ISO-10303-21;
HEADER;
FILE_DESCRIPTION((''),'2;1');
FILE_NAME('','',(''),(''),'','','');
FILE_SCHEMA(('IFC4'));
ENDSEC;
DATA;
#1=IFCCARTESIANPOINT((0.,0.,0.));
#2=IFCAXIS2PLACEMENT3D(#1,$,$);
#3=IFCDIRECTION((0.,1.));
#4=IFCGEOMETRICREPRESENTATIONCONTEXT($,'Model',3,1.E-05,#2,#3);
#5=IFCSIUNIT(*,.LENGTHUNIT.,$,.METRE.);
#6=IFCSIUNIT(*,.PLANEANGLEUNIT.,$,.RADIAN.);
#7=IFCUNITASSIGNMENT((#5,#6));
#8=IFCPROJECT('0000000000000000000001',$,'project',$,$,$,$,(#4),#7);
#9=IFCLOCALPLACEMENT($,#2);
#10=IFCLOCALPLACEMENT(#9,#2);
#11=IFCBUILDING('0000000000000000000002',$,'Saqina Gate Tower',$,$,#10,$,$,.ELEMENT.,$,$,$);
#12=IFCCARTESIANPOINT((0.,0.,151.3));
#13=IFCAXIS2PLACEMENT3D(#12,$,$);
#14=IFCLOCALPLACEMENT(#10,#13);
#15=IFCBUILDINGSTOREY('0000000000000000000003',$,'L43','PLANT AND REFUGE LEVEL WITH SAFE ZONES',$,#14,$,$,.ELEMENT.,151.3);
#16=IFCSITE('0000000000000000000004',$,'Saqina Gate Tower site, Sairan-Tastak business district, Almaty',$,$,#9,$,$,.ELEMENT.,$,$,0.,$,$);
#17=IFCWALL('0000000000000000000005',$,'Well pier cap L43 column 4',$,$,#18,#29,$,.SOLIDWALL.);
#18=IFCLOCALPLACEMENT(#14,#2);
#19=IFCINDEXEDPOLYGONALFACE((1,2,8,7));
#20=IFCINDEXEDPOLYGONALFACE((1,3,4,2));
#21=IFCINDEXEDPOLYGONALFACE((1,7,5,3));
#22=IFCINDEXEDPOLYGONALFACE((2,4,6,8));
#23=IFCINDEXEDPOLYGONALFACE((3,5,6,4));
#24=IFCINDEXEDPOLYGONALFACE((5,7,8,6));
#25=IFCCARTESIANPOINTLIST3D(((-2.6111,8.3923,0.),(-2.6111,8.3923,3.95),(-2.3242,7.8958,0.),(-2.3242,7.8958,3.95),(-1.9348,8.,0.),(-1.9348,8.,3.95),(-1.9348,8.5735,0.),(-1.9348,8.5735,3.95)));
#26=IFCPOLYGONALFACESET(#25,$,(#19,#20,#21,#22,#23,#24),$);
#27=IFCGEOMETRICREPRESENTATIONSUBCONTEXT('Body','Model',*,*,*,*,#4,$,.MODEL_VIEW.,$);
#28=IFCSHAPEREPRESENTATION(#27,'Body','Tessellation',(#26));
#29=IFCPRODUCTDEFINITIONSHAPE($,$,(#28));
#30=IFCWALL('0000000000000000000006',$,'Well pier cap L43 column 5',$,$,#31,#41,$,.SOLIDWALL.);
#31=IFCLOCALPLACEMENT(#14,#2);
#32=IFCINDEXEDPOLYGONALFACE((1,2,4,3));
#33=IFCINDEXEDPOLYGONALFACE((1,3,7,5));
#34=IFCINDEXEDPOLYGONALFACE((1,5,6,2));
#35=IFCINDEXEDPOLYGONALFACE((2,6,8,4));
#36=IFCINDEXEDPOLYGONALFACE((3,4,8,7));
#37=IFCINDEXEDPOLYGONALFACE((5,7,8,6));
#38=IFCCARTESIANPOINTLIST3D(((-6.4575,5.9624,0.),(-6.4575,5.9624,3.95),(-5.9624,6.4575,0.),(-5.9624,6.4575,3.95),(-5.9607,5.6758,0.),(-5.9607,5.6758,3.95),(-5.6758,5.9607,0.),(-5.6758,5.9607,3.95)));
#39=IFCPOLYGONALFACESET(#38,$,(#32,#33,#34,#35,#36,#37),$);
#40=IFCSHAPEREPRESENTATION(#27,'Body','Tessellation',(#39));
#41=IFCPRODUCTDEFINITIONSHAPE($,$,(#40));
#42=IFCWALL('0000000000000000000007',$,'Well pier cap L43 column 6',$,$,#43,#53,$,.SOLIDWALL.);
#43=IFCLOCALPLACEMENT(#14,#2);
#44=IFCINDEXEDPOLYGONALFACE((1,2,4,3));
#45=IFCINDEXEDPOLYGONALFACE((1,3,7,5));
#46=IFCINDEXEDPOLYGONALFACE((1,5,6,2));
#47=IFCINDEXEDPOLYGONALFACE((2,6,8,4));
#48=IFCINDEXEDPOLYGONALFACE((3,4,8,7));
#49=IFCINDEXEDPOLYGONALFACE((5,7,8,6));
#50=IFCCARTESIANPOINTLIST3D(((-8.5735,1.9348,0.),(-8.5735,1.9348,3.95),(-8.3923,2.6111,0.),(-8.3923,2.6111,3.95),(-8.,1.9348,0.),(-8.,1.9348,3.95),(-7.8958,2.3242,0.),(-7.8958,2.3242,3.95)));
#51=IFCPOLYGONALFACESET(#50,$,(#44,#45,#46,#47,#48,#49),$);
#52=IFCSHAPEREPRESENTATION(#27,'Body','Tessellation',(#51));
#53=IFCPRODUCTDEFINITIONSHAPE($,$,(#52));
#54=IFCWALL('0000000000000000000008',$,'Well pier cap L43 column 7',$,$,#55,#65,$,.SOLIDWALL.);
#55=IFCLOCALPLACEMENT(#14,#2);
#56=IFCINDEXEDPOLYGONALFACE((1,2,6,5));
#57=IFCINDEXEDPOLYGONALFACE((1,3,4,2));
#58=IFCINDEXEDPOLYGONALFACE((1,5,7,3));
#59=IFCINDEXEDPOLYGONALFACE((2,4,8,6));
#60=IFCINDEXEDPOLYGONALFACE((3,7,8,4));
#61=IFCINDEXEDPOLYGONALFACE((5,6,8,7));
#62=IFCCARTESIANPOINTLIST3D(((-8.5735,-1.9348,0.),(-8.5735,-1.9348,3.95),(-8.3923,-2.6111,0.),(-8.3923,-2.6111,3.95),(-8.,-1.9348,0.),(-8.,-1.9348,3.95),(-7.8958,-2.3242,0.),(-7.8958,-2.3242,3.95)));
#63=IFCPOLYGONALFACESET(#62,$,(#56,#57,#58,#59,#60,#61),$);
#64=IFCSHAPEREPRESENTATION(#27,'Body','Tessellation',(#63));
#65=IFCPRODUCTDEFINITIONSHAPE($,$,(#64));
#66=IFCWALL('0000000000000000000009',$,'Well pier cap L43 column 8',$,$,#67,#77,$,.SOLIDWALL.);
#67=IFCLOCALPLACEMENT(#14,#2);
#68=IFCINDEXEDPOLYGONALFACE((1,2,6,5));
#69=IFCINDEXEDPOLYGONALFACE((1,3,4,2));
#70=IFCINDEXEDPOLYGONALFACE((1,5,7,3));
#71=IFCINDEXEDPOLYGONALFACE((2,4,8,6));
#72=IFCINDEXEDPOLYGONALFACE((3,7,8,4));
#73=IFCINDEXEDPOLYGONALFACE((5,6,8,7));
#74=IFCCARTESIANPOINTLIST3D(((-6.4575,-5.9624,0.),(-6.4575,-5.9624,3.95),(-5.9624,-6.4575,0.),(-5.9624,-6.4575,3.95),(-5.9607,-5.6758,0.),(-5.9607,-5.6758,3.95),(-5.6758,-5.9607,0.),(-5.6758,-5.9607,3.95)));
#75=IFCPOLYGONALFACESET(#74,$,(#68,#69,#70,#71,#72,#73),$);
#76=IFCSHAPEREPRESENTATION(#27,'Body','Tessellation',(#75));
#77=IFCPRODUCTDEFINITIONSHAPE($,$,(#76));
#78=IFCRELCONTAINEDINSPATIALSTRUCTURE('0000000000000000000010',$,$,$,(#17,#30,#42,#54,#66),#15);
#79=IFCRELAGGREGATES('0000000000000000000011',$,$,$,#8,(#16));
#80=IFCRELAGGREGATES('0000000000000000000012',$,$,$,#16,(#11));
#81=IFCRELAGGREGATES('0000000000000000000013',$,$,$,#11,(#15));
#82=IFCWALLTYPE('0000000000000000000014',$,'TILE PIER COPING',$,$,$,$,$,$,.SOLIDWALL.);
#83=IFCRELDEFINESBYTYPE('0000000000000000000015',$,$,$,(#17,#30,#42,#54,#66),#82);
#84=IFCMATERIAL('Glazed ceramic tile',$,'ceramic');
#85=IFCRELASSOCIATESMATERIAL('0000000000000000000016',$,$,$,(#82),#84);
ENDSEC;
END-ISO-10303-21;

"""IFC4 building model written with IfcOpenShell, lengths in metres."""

from ifc_helpers import new_model, si_unit, direction, frame, origin, place, context, subcontext, project, spatial, polyline, outline, extrude, material, type_object, element, save


model = new_model("IFC4")

# Units and contexts
model_context = context("Model", 3, precision=1e-05, world=origin(), true_north=direction((0.0, 1.0)))
body_context = subcontext(model_context, "Body", "Model", "MODEL_VIEW")
ifc_project = project(units=[si_unit("LENGTHUNIT", "METRE"), si_unit("PLANEANGLEUNIT", "RADIAN")], contexts=[model_context])

# Site, building, storey
site_placement = place(None, origin())
site = spatial("IfcSite", under=ifc_project, at=site_placement, Name="Saqina Gate Tower site, Sairan-Tastak business district, Almaty", CompositionType="ELEMENT", RefElevation=0.0)
building_placement = place(site_placement, origin())
building = spatial("IfcBuilding", under=site, at=building_placement, Name="Saqina Gate Tower", CompositionType="ELEMENT")
storey_placement = place(building_placement, frame((0.0, 0.0, 151.3)))
storey = spatial("IfcBuildingStorey", under=building, at=storey_placement, Name="L43", Description="PLANT AND REFUGE LEVEL WITH SAFE ZONES", CompositionType="ELEMENT", Elevation=151.3)

# Walls
ifc_material_1 = material(Name="Glazed ceramic tile", Category="ceramic")
wall_type_1 = type_object("IfcWallType", Name="TILE PIER COPING", PredefinedType="SOLIDWALL", material=ifc_material_1)
wall_1_placement = place(storey_placement, origin())
element("IfcWall", 1, at=wall_1_placement, inside=storey, type_object=wall_type_1, Name="Well pier cap L43 column 4", PredefinedType="SOLIDWALL", context=body_context, shape_type="SweptSolid", body=[
    extrude(outline(polyline([(-1.9348, 8.0), (-1.9348, 8.5735), (-2.6111, 8.3923), (-2.3242, 7.8958), (-1.9348, 8.0)])), origin(), (0.0, 0.0, 1.0), 3.95),
])
wall_2_placement = place(storey_placement, origin())
element("IfcWall", 2, at=wall_2_placement, inside=storey, type_object=wall_type_1, Name="Well pier cap L43 column 5", PredefinedType="SOLIDWALL", context=body_context, shape_type="SweptSolid", body=[
    extrude(outline(polyline([(-6.4575, 5.9624), (-5.9607, 5.6758), (-5.6758, 5.9607), (-5.9624, 6.4575), (-6.4575, 5.9624)])), origin(), (0.0, 0.0, 1.0), 3.95),
])
wall_3_placement = place(storey_placement, origin())
element("IfcWall", 3, at=wall_3_placement, inside=storey, type_object=wall_type_1, Name="Well pier cap L43 column 6", PredefinedType="SOLIDWALL", context=body_context, shape_type="SweptSolid", body=[
    extrude(outline(polyline([(-8.5735, 1.9348), (-8.0, 1.9348), (-7.8958, 2.3242), (-8.3923, 2.6111), (-8.5735, 1.9348)])), origin(), (0.0, 0.0, 1.0), 3.95),
])
wall_4_placement = place(storey_placement, origin())
element("IfcWall", 4, at=wall_4_placement, inside=storey, type_object=wall_type_1, Name="Well pier cap L43 column 7", PredefinedType="SOLIDWALL", context=body_context, shape_type="SweptSolid", body=[
    extrude(outline(polyline([(-8.0, -1.9348), (-8.5735, -1.9348), (-8.3923, -2.6111), (-7.8958, -2.3242), (-8.0, -1.9348)])), origin(), (0.0, 0.0, 1.0), 3.95),
])
wall_5_placement = place(storey_placement, origin())
element("IfcWall", 5, at=wall_5_placement, inside=storey, type_object=wall_type_1, Name="Well pier cap L43 column 8", PredefinedType="SOLIDWALL", context=body_context, shape_type="SweptSolid", body=[
    extrude(outline(polyline([(-6.4575, -5.9624), (-5.9624, -6.4575), (-5.6758, -5.9607), (-5.9607, -5.6758), (-6.4575, -5.9624)])), origin(), (0.0, 0.0, 1.0), 3.95),
])

save(model, "model.ifc")
